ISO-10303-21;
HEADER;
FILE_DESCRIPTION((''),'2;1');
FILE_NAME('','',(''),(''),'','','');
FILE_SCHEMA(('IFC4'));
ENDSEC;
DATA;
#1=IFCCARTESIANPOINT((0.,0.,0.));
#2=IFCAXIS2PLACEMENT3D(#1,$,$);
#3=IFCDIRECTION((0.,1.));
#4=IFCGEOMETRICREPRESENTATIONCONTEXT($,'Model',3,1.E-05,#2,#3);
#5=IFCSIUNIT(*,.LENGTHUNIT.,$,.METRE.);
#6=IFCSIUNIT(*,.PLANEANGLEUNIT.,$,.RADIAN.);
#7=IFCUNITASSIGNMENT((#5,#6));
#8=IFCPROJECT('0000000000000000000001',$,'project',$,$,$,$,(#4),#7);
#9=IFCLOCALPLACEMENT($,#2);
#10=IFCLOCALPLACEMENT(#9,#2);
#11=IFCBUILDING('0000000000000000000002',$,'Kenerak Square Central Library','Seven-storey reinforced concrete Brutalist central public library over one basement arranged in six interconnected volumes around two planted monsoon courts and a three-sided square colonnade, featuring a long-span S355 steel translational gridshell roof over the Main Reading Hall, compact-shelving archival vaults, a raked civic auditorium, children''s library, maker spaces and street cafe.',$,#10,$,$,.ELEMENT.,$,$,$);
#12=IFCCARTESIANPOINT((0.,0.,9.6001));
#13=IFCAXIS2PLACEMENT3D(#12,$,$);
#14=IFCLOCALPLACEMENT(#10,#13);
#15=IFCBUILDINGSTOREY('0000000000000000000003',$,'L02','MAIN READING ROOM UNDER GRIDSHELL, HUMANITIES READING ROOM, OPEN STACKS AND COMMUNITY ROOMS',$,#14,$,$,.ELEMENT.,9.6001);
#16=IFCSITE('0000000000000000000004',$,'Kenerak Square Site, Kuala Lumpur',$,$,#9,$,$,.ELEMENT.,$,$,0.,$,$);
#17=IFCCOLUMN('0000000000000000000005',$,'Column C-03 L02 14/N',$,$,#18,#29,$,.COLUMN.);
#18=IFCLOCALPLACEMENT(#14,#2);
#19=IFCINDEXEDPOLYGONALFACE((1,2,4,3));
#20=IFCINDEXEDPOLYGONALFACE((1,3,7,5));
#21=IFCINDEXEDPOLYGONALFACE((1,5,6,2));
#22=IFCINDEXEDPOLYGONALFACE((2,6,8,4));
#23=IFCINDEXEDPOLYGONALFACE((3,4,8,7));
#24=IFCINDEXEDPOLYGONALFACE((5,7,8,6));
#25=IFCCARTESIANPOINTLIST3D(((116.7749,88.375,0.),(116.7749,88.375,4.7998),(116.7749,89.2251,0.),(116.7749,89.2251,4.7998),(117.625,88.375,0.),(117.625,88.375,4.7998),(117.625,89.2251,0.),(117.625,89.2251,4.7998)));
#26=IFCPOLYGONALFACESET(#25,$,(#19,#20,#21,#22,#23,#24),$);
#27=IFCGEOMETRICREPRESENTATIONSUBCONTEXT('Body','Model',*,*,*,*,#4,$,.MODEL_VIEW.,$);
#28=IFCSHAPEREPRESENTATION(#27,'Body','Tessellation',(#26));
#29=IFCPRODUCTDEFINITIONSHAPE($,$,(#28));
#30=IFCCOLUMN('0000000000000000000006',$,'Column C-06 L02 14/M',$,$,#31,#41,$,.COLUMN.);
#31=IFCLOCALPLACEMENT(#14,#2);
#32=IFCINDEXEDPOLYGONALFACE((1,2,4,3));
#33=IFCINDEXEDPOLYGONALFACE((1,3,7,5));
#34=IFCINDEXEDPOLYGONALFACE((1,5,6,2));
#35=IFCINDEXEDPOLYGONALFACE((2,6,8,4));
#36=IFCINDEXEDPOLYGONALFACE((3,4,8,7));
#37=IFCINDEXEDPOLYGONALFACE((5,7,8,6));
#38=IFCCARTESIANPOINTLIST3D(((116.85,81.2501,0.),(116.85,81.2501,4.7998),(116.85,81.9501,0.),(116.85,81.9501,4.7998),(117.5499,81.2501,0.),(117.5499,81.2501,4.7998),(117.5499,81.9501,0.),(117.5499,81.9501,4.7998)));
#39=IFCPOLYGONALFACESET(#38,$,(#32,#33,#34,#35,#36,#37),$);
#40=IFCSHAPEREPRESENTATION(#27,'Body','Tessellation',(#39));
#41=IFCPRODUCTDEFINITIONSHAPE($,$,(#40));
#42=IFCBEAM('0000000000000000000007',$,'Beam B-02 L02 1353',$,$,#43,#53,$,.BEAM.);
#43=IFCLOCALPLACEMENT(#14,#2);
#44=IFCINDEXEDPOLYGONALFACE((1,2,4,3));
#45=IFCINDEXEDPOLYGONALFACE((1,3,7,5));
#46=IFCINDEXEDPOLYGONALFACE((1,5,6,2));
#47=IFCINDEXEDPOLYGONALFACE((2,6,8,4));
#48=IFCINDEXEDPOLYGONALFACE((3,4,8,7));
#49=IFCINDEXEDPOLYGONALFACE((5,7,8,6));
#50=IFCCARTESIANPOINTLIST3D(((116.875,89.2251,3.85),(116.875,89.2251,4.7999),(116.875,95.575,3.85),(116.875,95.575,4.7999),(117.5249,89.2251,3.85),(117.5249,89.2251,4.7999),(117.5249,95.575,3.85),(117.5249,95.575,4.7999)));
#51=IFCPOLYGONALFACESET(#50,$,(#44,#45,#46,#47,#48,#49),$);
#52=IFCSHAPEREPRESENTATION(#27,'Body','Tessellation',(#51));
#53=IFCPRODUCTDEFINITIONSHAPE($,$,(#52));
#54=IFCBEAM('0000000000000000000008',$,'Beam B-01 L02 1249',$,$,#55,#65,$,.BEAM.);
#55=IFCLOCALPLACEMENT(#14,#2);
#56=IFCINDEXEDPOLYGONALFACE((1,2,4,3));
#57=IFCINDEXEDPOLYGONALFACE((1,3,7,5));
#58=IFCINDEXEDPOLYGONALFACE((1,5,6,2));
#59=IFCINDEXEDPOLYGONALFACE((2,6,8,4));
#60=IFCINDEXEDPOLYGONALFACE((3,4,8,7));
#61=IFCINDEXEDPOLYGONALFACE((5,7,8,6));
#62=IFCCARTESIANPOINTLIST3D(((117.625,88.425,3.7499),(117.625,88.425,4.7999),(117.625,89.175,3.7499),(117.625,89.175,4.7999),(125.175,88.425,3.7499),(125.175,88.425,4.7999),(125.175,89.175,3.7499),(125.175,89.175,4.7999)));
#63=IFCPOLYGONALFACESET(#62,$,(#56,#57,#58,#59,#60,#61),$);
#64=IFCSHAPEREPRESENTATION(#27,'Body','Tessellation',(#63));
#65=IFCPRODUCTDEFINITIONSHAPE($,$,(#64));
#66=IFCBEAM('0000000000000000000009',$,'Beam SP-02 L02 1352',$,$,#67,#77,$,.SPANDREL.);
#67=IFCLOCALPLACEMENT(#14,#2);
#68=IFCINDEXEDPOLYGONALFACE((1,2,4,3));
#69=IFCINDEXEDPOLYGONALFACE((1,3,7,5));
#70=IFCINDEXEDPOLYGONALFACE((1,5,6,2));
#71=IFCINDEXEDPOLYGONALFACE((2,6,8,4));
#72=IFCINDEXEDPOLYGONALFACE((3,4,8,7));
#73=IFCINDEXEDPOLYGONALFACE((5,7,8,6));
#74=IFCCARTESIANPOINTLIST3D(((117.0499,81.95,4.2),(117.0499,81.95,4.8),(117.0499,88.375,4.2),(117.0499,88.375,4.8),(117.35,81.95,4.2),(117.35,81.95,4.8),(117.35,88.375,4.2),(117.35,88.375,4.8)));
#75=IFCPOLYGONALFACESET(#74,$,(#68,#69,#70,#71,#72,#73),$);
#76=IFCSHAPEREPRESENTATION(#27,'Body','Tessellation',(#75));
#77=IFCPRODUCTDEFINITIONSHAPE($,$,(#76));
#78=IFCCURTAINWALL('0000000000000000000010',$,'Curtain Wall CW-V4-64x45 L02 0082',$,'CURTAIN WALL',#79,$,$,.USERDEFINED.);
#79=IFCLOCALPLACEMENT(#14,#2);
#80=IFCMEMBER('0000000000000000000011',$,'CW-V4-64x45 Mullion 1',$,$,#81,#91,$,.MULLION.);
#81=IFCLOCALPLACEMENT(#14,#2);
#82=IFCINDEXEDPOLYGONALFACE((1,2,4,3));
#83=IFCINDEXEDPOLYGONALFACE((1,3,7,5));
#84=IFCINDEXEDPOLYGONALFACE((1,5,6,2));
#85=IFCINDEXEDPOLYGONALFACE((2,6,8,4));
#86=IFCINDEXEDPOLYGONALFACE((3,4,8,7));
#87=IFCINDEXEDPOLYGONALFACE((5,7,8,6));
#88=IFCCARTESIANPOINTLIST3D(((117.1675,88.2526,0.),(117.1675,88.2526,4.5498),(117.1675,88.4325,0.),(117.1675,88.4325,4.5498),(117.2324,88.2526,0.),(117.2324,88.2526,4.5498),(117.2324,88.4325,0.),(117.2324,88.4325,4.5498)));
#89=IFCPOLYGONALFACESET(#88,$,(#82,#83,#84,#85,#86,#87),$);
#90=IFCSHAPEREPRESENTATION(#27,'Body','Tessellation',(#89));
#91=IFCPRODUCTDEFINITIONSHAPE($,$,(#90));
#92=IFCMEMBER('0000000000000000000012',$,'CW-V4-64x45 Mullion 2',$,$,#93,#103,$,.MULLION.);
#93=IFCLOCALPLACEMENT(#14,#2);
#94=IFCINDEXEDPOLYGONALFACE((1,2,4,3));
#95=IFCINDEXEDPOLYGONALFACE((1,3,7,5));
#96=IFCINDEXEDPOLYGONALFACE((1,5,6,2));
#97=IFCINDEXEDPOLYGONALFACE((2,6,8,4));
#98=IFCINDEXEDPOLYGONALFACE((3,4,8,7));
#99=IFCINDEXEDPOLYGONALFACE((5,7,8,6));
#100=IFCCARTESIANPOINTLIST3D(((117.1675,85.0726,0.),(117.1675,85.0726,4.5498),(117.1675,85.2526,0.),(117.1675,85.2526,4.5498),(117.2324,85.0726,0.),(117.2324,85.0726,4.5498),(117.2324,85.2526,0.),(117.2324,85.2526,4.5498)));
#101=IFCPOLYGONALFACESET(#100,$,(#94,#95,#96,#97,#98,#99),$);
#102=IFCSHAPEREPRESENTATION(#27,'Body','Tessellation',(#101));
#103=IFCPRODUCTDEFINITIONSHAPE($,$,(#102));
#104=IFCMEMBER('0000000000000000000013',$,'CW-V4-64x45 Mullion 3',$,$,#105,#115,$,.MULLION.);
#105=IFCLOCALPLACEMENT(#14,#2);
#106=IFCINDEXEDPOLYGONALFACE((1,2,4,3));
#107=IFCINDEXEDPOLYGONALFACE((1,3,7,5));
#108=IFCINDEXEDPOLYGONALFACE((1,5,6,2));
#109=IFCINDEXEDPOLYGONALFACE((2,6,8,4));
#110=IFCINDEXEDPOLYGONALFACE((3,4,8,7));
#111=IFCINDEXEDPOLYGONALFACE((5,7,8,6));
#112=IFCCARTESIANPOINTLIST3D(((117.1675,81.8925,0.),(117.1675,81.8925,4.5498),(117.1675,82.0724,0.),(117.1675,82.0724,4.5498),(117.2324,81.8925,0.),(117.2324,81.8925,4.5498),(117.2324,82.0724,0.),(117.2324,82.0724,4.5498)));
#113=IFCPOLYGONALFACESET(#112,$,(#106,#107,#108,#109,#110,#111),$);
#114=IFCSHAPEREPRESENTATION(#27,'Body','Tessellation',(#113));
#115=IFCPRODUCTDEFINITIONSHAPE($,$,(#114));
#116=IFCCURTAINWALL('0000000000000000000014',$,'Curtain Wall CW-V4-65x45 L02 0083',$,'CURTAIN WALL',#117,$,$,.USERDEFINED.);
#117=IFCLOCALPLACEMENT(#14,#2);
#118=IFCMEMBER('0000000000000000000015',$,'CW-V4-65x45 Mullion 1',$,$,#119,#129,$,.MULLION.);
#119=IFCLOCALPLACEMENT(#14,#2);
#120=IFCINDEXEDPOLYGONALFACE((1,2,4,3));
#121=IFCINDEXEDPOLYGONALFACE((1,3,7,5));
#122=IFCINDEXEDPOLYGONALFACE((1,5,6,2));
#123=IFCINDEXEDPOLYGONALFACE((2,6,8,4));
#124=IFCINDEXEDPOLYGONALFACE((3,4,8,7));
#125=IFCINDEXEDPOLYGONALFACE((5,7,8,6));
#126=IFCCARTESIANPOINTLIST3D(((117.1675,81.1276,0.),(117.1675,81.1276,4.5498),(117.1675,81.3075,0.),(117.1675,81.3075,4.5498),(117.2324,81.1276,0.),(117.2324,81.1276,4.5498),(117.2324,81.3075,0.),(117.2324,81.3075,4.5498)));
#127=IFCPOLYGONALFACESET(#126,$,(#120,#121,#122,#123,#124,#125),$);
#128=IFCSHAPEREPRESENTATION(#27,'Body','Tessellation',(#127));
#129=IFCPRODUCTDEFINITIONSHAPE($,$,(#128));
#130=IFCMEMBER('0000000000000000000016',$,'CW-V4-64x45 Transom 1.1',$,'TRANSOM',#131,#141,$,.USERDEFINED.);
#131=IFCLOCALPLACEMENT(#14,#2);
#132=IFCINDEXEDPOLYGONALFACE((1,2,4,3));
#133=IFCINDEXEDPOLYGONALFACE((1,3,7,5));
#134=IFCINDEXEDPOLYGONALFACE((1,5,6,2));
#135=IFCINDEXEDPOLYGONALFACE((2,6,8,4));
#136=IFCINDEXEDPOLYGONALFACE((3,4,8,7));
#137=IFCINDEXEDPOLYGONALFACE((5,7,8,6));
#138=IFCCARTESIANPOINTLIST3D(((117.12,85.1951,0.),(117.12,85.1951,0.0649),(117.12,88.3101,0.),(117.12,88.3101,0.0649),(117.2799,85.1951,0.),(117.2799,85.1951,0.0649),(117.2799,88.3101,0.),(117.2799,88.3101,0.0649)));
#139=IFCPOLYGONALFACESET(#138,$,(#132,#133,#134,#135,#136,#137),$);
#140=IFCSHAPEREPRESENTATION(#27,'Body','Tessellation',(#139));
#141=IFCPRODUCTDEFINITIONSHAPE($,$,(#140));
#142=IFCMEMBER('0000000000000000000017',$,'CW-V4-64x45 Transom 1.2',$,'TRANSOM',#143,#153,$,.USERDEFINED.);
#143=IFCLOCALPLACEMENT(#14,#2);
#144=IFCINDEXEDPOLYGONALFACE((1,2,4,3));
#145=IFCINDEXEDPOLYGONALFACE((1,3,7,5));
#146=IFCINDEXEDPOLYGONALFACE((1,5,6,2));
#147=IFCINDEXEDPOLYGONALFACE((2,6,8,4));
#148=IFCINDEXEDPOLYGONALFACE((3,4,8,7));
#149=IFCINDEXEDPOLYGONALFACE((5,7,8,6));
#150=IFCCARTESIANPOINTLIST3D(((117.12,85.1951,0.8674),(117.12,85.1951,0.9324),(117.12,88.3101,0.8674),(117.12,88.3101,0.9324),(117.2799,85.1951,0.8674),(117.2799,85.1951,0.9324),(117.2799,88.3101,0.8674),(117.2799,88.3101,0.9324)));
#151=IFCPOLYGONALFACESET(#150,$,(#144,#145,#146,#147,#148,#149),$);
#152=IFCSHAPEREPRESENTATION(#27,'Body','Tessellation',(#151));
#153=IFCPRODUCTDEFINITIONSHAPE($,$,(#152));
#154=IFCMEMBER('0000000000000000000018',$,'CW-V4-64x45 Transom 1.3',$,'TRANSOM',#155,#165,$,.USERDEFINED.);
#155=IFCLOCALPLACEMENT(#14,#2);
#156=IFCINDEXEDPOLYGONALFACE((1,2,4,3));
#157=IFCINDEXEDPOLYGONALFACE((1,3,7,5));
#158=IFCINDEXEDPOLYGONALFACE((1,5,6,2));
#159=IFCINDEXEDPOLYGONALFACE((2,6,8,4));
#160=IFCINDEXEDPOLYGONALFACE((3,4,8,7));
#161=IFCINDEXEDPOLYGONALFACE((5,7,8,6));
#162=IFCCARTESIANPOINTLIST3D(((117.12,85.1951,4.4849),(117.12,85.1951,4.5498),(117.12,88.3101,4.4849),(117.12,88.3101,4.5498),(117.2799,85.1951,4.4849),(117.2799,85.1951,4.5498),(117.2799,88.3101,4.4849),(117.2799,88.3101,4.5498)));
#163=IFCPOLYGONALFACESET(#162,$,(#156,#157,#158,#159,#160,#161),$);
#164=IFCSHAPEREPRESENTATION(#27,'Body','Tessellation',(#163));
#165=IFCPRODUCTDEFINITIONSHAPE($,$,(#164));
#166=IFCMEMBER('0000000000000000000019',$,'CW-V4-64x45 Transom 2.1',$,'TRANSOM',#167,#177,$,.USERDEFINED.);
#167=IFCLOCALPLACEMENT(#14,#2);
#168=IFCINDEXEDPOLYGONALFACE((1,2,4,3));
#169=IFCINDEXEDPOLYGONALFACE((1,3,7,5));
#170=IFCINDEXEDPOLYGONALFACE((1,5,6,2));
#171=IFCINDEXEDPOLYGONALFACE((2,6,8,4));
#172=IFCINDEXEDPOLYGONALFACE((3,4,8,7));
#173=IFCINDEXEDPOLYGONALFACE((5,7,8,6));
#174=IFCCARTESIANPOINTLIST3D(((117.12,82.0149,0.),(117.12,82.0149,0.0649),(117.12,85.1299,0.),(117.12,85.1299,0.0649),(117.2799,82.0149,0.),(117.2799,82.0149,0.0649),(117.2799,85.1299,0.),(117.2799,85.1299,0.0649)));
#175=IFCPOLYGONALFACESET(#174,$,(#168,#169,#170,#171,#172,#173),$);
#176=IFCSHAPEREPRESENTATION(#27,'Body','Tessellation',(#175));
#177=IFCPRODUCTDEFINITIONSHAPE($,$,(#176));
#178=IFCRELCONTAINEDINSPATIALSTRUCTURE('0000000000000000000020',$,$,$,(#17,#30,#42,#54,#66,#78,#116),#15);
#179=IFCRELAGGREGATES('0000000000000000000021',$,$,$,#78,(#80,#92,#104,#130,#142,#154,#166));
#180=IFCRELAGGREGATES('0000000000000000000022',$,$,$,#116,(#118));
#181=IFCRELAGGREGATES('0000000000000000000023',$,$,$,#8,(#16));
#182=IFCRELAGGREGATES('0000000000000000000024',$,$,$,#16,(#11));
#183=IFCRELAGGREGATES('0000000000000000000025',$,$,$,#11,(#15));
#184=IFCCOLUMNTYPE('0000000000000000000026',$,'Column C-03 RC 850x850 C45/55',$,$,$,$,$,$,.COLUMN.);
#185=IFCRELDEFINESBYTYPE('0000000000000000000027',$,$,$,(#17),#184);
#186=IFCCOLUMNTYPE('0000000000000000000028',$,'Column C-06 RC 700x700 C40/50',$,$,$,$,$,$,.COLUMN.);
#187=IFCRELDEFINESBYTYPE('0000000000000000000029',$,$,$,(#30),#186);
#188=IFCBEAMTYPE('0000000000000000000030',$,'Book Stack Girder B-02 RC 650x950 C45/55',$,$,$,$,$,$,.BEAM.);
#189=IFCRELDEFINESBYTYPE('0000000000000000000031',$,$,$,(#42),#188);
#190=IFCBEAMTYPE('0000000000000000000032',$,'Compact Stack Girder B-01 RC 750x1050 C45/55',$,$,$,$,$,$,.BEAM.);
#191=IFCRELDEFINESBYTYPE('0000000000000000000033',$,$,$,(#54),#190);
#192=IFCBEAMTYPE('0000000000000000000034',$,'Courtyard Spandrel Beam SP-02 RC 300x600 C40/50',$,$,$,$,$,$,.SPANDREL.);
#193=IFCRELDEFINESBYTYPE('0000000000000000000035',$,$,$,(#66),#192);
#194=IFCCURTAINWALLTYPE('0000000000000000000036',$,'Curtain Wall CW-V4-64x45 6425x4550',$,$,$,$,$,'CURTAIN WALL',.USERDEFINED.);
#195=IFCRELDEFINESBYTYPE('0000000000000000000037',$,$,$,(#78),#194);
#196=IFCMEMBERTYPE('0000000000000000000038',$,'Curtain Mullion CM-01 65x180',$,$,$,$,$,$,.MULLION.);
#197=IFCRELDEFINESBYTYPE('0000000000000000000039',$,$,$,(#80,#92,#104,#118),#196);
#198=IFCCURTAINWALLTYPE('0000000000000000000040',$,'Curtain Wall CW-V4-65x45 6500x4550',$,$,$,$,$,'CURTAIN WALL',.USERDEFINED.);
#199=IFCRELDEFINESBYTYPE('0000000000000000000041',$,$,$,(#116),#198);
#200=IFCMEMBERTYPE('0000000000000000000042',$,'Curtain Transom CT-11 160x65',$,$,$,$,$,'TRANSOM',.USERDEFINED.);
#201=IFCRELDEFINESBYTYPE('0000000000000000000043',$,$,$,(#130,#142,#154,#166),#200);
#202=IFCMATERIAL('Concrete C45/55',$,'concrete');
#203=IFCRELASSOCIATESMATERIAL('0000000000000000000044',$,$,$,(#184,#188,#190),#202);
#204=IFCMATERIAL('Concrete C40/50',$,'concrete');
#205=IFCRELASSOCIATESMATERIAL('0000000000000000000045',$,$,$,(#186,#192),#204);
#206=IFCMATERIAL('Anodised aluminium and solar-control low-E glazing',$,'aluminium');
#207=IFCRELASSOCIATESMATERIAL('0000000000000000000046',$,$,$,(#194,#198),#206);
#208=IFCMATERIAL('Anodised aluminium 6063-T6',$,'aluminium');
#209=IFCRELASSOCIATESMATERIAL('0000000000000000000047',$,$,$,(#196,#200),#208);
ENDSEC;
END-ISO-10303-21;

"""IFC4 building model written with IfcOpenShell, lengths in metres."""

from ifc_helpers import new_model, si_unit, direction, frame, origin, origin_2d, place, context, subcontext, project, spatial, rectangle, extrude, material, material_profile, profile_set, type_object, element, aggregate, save


model = new_model("IFC4")

# Units and contexts
model_context = context("Model", 3, precision=1e-05, world=origin(), true_north=direction((0.0, 1.0)))
body_context = subcontext(model_context, "Body", "Model", "MODEL_VIEW")
ifc_project = project(units=[si_unit("LENGTHUNIT", "METRE"), si_unit("PLANEANGLEUNIT", "RADIAN")], contexts=[model_context])

# Site, building, storey
site_placement = place(None, origin())
site = spatial("IfcSite", under=ifc_project, at=site_placement, Name="Kenerak Square Site, Kuala Lumpur", CompositionType="ELEMENT", RefElevation=0.0)
building_placement = place(site_placement, origin())
building = spatial("IfcBuilding", under=site, at=building_placement, Name="Kenerak Square Central Library", Description="Seven-storey reinforced concrete Brutalist central public library over one basement arranged in six interconnected volumes around two planted monsoon courts and a three-sided square colonnade, featuring a long-span S355 steel translational gridshell roof over the Main Reading Hall, compact-shelving archival vaults, a raked civic auditorium, children's library, maker spaces and street cafe.", CompositionType="ELEMENT")
storey_placement = place(building_placement, frame((0.0, 0.0, 9.6001)))
storey = spatial("IfcBuildingStorey", under=building, at=storey_placement, Name="L02", Description="MAIN READING ROOM UNDER GRIDSHELL, HUMANITIES READING ROOM, OPEN STACKS AND COMMUNITY ROOMS", CompositionType="ELEMENT", Elevation=9.6001)

# Columns
ifc_material_1 = material(Name="Concrete C45/55", Category="concrete")
ifc_material_profile_1 = material_profile(ifc_material_1, rectangle(XDim=0.8501, YDim=0.8501, at=origin_2d()), Name="RC 850x850")
ifc_profile_set_1 = profile_set([ifc_material_profile_1], Name="Concrete C45/55")
column_type_1 = type_object("IfcColumnType", Name="Column C-03 RC 850x850 C45/55", PredefinedType="COLUMN", material=ifc_profile_set_1)
column_1_placement = place(storey_placement, frame((117.2, 88.8, 0.0), z_axis=(0.0, 0.0, 1.0), x_axis=(1.0, 0.0, 0.0)))
element("IfcColumn", 1, at=column_1_placement, inside=storey, type_object=column_type_1, Name="Column C-03 L02 14/N", PredefinedType="COLUMN", context=body_context, shape_type="SweptSolid", body=[
    extrude(rectangle(XDim=0.8501, YDim=0.8501, at=origin_2d()), origin(), (0.0, 0.0, 1.0), 4.7998),
])
ifc_material_2 = material(Name="Concrete C40/50", Category="concrete")
ifc_material_profile_2 = material_profile(ifc_material_2, rectangle(XDim=0.7, YDim=0.7, at=origin_2d()), Name="RC 700x700")
ifc_profile_set_2 = profile_set([ifc_material_profile_2], Name="Concrete C40/50")
column_type_2 = type_object("IfcColumnType", Name="Column C-06 RC 700x700 C40/50", PredefinedType="COLUMN", material=ifc_profile_set_2)
column_2_placement = place(storey_placement, frame((117.2, 81.6001, 0.0), z_axis=(0.0, 0.0, 1.0), x_axis=(1.0, 0.0, 0.0)))
element("IfcColumn", 2, at=column_2_placement, inside=storey, type_object=column_type_2, Name="Column C-06 L02 14/M", PredefinedType="COLUMN", context=body_context, shape_type="SweptSolid", body=[
    extrude(rectangle(XDim=0.7, YDim=0.7, at=origin_2d()), origin(), (0.0, 0.0, 1.0), 4.7998),
])

# Beams
ifc_material_profile_3 = material_profile(ifc_material_1, rectangle(XDim=0.6499, YDim=0.95, at=origin_2d()), Name="RC 650x950")
ifc_profile_set_3 = profile_set([ifc_material_profile_3], Name="Concrete C45/55")
beam_type_1 = type_object("IfcBeamType", Name="Book Stack Girder B-02 RC 650x950 C45/55", PredefinedType="BEAM", material=ifc_profile_set_3)
beam_1_placement = place(storey_placement, frame((117.2, 89.2251, 4.325), z_axis=(0.0, 1.0, 0.0), x_axis=(-1.0, 0.0, 0.0)))
element("IfcBeam", 3, at=beam_1_placement, inside=storey, type_object=beam_type_1, Name="Beam B-02 L02 1353", PredefinedType="BEAM", context=body_context, shape_type="SweptSolid", body=[
    extrude(rectangle(XDim=0.6499, YDim=0.95, at=origin_2d()), origin(), (0.0, 0.0, 1.0), 6.3499),
])
ifc_material_profile_4 = material_profile(ifc_material_1, rectangle(XDim=0.75, YDim=1.05, at=origin_2d()), Name="RC 750x1050")
ifc_profile_set_4 = profile_set([ifc_material_profile_4], Name="Concrete C45/55")
beam_type_2 = type_object("IfcBeamType", Name="Compact Stack Girder B-01 RC 750x1050 C45/55", PredefinedType="BEAM", material=ifc_profile_set_4)
beam_2_placement = place(storey_placement, frame((117.625, 88.8, 4.2749), z_axis=(1.0, 0.0, 0.0), x_axis=(0.0, 1.0, 0.0)))
element("IfcBeam", 4, at=beam_2_placement, inside=storey, type_object=beam_type_2, Name="Beam B-01 L02 1249", PredefinedType="BEAM", context=body_context, shape_type="SweptSolid", body=[
    extrude(rectangle(XDim=0.75, YDim=1.05, at=origin_2d()), origin(), (0.0, 0.0, 1.0), 7.55),
])
ifc_material_profile_5 = material_profile(ifc_material_2, rectangle(XDim=0.3, YDim=0.6001, at=origin_2d()), Name="RC 300x600")
ifc_profile_set_5 = profile_set([ifc_material_profile_5], Name="Concrete C40/50")
beam_type_3 = type_object("IfcBeamType", Name="Courtyard Spandrel Beam SP-02 RC 300x600 C40/50", PredefinedType="SPANDREL", material=ifc_profile_set_5)
beam_3_placement = place(storey_placement, frame((117.2, 81.95, 4.5), z_axis=(0.0, 1.0, 0.0), x_axis=(-1.0, 0.0, 0.0)))
element("IfcBeam", 5, at=beam_3_placement, inside=storey, type_object=beam_type_3, Name="Beam SP-02 L02 1352", PredefinedType="SPANDREL", context=body_context, shape_type="SweptSolid", body=[
    extrude(rectangle(XDim=0.3, YDim=0.6001, at=origin_2d()), origin(), (0.0, 0.0, 1.0), 6.425),
])

# Curtain wall, members
ifc_material_3 = material(Name="Anodised aluminium and solar-control low-E glazing", Category="aluminium")
curtain_wall_type_1 = type_object("IfcCurtainWallType", Name="Curtain Wall CW-V4-64x45 6425x4550", ElementType="CURTAIN WALL", PredefinedType="USERDEFINED", material=ifc_material_3)
curtain_wall_1_placement = place(storey_placement, origin())
curtain_wall_1 = element("IfcCurtainWall", 6, at=curtain_wall_1_placement, inside=storey, type_object=curtain_wall_type_1, Name="Curtain Wall CW-V4-64x45 L02 0082", ObjectType="CURTAIN WALL", PredefinedType="USERDEFINED")
ifc_material_4 = material(Name="Anodised aluminium 6063-T6", Category="aluminium")
ifc_material_profile_6 = material_profile(ifc_material_4, rectangle(XDim=0.0649, YDim=0.1799, at=origin_2d()), Name="AL MULLION 65x180")
ifc_profile_set_6 = profile_set([ifc_material_profile_6], Name="Anodised aluminium 6063-T6")
member_type_1 = type_object("IfcMemberType", Name="Curtain Mullion CM-01 65x180", PredefinedType="MULLION", material=ifc_profile_set_6)
member_1_placement = place(storey_placement, frame((117.2, 88.3425, 0.0), z_axis=(0.0, 0.0, 1.0), x_axis=(1.0, 0.0, 0.0)))
member_1 = element("IfcMember", 7, at=member_1_placement, type_object=member_type_1, Name="CW-V4-64x45 Mullion 1", PredefinedType="MULLION", context=body_context, shape_type="SweptSolid", body=[
    extrude(rectangle(XDim=0.0649, YDim=0.1799, at=origin_2d()), origin(), (0.0, 0.0, 1.0), 4.5498),
])
member_2_placement = place(storey_placement, frame((117.2, 85.1626, 0.0), z_axis=(0.0, 0.0, 1.0), x_axis=(1.0, 0.0, 0.0)))
member_2 = element("IfcMember", 8, at=member_2_placement, type_object=member_type_1, Name="CW-V4-64x45 Mullion 2", PredefinedType="MULLION", context=body_context, shape_type="SweptSolid", body=[
    extrude(rectangle(XDim=0.0649, YDim=0.1799, at=origin_2d()), origin(), (0.0, 0.0, 1.0), 4.5498),
])
member_3_placement = place(storey_placement, frame((117.2, 81.9824, 0.0), z_axis=(0.0, 0.0, 1.0), x_axis=(1.0, 0.0, 0.0)))
member_3 = element("IfcMember", 9, at=member_3_placement, type_object=member_type_1, Name="CW-V4-64x45 Mullion 3", PredefinedType="MULLION", context=body_context, shape_type="SweptSolid", body=[
    extrude(rectangle(XDim=0.0649, YDim=0.1799, at=origin_2d()), origin(), (0.0, 0.0, 1.0), 4.5498),
])

# Curtain wall, member
curtain_wall_type_2 = type_object("IfcCurtainWallType", Name="Curtain Wall CW-V4-65x45 6500x4550", ElementType="CURTAIN WALL", PredefinedType="USERDEFINED", material=ifc_material_3)
curtain_wall_2_placement = place(storey_placement, origin())
curtain_wall_2 = element("IfcCurtainWall", 10, at=curtain_wall_2_placement, inside=storey, type_object=curtain_wall_type_2, Name="Curtain Wall CW-V4-65x45 L02 0083", ObjectType="CURTAIN WALL", PredefinedType="USERDEFINED")
member_4_placement = place(storey_placement, frame((117.2, 81.2175, 0.0), z_axis=(0.0, 0.0, 1.0), x_axis=(1.0, 0.0, 0.0)))
member_4 = element("IfcMember", 11, at=member_4_placement, type_object=member_type_1, Name="CW-V4-65x45 Mullion 1", PredefinedType="MULLION", context=body_context, shape_type="SweptSolid", body=[
    extrude(rectangle(XDim=0.0649, YDim=0.1799, at=origin_2d()), origin(), (0.0, 0.0, 1.0), 4.5498),
])

# Members
ifc_material_profile_7 = material_profile(ifc_material_4, rectangle(XDim=0.1599, YDim=0.0649, at=origin_2d()), Name="AL TRANSOM 160x65")
ifc_profile_set_7 = profile_set([ifc_material_profile_7], Name="Anodised aluminium 6063-T6")
member_type_2 = type_object("IfcMemberType", Name="Curtain Transom CT-11 160x65", ElementType="TRANSOM", PredefinedType="USERDEFINED", material=ifc_profile_set_7)
member_5_placement = place(storey_placement, frame((117.2, 88.3101, 0.0325), z_axis=(0.0, -1.0, 0.0), x_axis=(1.0, 0.0, 0.0)))
member_5 = element("IfcMember", 12, at=member_5_placement, type_object=member_type_2, Name="CW-V4-64x45 Transom 1.1", ObjectType="TRANSOM", PredefinedType="USERDEFINED", context=body_context, shape_type="SweptSolid", body=[
    extrude(rectangle(XDim=0.1599, YDim=0.0649, at=origin_2d()), origin(), (0.0, 0.0, 1.0), 3.115),
])
member_6_placement = place(storey_placement, frame((117.2, 88.3101, 0.8999), z_axis=(0.0, -1.0, 0.0), x_axis=(1.0, 0.0, 0.0)))
member_6 = element("IfcMember", 13, at=member_6_placement, type_object=member_type_2, Name="CW-V4-64x45 Transom 1.2", ObjectType="TRANSOM", PredefinedType="USERDEFINED", context=body_context, shape_type="SweptSolid", body=[
    extrude(rectangle(XDim=0.1599, YDim=0.0649, at=origin_2d()), origin(), (0.0, 0.0, 1.0), 3.115),
])
member_7_placement = place(storey_placement, frame((117.2, 88.3101, 4.5173), z_axis=(0.0, -1.0, 0.0), x_axis=(1.0, 0.0, 0.0)))
member_7 = element("IfcMember", 14, at=member_7_placement, type_object=member_type_2, Name="CW-V4-64x45 Transom 1.3", ObjectType="TRANSOM", PredefinedType="USERDEFINED", context=body_context, shape_type="SweptSolid", body=[
    extrude(rectangle(XDim=0.1599, YDim=0.0649, at=origin_2d()), origin(), (0.0, 0.0, 1.0), 3.115),
])
member_8_placement = place(storey_placement, frame((117.2, 85.1299, 0.0325), z_axis=(0.0, -1.0, 0.0), x_axis=(1.0, 0.0, 0.0)))
member_8 = element("IfcMember", 15, at=member_8_placement, type_object=member_type_2, Name="CW-V4-64x45 Transom 2.1", ObjectType="TRANSOM", PredefinedType="USERDEFINED", context=body_context, shape_type="SweptSolid", body=[
    extrude(rectangle(XDim=0.1599, YDim=0.0649, at=origin_2d()), origin(), (0.0, 0.0, 1.0), 3.115),
])

aggregate(curtain_wall_1, [member_1, member_2, member_3, member_5, member_6, member_7, member_8])
aggregate(curtain_wall_2, [member_4])

save(model, "model.ifc")
